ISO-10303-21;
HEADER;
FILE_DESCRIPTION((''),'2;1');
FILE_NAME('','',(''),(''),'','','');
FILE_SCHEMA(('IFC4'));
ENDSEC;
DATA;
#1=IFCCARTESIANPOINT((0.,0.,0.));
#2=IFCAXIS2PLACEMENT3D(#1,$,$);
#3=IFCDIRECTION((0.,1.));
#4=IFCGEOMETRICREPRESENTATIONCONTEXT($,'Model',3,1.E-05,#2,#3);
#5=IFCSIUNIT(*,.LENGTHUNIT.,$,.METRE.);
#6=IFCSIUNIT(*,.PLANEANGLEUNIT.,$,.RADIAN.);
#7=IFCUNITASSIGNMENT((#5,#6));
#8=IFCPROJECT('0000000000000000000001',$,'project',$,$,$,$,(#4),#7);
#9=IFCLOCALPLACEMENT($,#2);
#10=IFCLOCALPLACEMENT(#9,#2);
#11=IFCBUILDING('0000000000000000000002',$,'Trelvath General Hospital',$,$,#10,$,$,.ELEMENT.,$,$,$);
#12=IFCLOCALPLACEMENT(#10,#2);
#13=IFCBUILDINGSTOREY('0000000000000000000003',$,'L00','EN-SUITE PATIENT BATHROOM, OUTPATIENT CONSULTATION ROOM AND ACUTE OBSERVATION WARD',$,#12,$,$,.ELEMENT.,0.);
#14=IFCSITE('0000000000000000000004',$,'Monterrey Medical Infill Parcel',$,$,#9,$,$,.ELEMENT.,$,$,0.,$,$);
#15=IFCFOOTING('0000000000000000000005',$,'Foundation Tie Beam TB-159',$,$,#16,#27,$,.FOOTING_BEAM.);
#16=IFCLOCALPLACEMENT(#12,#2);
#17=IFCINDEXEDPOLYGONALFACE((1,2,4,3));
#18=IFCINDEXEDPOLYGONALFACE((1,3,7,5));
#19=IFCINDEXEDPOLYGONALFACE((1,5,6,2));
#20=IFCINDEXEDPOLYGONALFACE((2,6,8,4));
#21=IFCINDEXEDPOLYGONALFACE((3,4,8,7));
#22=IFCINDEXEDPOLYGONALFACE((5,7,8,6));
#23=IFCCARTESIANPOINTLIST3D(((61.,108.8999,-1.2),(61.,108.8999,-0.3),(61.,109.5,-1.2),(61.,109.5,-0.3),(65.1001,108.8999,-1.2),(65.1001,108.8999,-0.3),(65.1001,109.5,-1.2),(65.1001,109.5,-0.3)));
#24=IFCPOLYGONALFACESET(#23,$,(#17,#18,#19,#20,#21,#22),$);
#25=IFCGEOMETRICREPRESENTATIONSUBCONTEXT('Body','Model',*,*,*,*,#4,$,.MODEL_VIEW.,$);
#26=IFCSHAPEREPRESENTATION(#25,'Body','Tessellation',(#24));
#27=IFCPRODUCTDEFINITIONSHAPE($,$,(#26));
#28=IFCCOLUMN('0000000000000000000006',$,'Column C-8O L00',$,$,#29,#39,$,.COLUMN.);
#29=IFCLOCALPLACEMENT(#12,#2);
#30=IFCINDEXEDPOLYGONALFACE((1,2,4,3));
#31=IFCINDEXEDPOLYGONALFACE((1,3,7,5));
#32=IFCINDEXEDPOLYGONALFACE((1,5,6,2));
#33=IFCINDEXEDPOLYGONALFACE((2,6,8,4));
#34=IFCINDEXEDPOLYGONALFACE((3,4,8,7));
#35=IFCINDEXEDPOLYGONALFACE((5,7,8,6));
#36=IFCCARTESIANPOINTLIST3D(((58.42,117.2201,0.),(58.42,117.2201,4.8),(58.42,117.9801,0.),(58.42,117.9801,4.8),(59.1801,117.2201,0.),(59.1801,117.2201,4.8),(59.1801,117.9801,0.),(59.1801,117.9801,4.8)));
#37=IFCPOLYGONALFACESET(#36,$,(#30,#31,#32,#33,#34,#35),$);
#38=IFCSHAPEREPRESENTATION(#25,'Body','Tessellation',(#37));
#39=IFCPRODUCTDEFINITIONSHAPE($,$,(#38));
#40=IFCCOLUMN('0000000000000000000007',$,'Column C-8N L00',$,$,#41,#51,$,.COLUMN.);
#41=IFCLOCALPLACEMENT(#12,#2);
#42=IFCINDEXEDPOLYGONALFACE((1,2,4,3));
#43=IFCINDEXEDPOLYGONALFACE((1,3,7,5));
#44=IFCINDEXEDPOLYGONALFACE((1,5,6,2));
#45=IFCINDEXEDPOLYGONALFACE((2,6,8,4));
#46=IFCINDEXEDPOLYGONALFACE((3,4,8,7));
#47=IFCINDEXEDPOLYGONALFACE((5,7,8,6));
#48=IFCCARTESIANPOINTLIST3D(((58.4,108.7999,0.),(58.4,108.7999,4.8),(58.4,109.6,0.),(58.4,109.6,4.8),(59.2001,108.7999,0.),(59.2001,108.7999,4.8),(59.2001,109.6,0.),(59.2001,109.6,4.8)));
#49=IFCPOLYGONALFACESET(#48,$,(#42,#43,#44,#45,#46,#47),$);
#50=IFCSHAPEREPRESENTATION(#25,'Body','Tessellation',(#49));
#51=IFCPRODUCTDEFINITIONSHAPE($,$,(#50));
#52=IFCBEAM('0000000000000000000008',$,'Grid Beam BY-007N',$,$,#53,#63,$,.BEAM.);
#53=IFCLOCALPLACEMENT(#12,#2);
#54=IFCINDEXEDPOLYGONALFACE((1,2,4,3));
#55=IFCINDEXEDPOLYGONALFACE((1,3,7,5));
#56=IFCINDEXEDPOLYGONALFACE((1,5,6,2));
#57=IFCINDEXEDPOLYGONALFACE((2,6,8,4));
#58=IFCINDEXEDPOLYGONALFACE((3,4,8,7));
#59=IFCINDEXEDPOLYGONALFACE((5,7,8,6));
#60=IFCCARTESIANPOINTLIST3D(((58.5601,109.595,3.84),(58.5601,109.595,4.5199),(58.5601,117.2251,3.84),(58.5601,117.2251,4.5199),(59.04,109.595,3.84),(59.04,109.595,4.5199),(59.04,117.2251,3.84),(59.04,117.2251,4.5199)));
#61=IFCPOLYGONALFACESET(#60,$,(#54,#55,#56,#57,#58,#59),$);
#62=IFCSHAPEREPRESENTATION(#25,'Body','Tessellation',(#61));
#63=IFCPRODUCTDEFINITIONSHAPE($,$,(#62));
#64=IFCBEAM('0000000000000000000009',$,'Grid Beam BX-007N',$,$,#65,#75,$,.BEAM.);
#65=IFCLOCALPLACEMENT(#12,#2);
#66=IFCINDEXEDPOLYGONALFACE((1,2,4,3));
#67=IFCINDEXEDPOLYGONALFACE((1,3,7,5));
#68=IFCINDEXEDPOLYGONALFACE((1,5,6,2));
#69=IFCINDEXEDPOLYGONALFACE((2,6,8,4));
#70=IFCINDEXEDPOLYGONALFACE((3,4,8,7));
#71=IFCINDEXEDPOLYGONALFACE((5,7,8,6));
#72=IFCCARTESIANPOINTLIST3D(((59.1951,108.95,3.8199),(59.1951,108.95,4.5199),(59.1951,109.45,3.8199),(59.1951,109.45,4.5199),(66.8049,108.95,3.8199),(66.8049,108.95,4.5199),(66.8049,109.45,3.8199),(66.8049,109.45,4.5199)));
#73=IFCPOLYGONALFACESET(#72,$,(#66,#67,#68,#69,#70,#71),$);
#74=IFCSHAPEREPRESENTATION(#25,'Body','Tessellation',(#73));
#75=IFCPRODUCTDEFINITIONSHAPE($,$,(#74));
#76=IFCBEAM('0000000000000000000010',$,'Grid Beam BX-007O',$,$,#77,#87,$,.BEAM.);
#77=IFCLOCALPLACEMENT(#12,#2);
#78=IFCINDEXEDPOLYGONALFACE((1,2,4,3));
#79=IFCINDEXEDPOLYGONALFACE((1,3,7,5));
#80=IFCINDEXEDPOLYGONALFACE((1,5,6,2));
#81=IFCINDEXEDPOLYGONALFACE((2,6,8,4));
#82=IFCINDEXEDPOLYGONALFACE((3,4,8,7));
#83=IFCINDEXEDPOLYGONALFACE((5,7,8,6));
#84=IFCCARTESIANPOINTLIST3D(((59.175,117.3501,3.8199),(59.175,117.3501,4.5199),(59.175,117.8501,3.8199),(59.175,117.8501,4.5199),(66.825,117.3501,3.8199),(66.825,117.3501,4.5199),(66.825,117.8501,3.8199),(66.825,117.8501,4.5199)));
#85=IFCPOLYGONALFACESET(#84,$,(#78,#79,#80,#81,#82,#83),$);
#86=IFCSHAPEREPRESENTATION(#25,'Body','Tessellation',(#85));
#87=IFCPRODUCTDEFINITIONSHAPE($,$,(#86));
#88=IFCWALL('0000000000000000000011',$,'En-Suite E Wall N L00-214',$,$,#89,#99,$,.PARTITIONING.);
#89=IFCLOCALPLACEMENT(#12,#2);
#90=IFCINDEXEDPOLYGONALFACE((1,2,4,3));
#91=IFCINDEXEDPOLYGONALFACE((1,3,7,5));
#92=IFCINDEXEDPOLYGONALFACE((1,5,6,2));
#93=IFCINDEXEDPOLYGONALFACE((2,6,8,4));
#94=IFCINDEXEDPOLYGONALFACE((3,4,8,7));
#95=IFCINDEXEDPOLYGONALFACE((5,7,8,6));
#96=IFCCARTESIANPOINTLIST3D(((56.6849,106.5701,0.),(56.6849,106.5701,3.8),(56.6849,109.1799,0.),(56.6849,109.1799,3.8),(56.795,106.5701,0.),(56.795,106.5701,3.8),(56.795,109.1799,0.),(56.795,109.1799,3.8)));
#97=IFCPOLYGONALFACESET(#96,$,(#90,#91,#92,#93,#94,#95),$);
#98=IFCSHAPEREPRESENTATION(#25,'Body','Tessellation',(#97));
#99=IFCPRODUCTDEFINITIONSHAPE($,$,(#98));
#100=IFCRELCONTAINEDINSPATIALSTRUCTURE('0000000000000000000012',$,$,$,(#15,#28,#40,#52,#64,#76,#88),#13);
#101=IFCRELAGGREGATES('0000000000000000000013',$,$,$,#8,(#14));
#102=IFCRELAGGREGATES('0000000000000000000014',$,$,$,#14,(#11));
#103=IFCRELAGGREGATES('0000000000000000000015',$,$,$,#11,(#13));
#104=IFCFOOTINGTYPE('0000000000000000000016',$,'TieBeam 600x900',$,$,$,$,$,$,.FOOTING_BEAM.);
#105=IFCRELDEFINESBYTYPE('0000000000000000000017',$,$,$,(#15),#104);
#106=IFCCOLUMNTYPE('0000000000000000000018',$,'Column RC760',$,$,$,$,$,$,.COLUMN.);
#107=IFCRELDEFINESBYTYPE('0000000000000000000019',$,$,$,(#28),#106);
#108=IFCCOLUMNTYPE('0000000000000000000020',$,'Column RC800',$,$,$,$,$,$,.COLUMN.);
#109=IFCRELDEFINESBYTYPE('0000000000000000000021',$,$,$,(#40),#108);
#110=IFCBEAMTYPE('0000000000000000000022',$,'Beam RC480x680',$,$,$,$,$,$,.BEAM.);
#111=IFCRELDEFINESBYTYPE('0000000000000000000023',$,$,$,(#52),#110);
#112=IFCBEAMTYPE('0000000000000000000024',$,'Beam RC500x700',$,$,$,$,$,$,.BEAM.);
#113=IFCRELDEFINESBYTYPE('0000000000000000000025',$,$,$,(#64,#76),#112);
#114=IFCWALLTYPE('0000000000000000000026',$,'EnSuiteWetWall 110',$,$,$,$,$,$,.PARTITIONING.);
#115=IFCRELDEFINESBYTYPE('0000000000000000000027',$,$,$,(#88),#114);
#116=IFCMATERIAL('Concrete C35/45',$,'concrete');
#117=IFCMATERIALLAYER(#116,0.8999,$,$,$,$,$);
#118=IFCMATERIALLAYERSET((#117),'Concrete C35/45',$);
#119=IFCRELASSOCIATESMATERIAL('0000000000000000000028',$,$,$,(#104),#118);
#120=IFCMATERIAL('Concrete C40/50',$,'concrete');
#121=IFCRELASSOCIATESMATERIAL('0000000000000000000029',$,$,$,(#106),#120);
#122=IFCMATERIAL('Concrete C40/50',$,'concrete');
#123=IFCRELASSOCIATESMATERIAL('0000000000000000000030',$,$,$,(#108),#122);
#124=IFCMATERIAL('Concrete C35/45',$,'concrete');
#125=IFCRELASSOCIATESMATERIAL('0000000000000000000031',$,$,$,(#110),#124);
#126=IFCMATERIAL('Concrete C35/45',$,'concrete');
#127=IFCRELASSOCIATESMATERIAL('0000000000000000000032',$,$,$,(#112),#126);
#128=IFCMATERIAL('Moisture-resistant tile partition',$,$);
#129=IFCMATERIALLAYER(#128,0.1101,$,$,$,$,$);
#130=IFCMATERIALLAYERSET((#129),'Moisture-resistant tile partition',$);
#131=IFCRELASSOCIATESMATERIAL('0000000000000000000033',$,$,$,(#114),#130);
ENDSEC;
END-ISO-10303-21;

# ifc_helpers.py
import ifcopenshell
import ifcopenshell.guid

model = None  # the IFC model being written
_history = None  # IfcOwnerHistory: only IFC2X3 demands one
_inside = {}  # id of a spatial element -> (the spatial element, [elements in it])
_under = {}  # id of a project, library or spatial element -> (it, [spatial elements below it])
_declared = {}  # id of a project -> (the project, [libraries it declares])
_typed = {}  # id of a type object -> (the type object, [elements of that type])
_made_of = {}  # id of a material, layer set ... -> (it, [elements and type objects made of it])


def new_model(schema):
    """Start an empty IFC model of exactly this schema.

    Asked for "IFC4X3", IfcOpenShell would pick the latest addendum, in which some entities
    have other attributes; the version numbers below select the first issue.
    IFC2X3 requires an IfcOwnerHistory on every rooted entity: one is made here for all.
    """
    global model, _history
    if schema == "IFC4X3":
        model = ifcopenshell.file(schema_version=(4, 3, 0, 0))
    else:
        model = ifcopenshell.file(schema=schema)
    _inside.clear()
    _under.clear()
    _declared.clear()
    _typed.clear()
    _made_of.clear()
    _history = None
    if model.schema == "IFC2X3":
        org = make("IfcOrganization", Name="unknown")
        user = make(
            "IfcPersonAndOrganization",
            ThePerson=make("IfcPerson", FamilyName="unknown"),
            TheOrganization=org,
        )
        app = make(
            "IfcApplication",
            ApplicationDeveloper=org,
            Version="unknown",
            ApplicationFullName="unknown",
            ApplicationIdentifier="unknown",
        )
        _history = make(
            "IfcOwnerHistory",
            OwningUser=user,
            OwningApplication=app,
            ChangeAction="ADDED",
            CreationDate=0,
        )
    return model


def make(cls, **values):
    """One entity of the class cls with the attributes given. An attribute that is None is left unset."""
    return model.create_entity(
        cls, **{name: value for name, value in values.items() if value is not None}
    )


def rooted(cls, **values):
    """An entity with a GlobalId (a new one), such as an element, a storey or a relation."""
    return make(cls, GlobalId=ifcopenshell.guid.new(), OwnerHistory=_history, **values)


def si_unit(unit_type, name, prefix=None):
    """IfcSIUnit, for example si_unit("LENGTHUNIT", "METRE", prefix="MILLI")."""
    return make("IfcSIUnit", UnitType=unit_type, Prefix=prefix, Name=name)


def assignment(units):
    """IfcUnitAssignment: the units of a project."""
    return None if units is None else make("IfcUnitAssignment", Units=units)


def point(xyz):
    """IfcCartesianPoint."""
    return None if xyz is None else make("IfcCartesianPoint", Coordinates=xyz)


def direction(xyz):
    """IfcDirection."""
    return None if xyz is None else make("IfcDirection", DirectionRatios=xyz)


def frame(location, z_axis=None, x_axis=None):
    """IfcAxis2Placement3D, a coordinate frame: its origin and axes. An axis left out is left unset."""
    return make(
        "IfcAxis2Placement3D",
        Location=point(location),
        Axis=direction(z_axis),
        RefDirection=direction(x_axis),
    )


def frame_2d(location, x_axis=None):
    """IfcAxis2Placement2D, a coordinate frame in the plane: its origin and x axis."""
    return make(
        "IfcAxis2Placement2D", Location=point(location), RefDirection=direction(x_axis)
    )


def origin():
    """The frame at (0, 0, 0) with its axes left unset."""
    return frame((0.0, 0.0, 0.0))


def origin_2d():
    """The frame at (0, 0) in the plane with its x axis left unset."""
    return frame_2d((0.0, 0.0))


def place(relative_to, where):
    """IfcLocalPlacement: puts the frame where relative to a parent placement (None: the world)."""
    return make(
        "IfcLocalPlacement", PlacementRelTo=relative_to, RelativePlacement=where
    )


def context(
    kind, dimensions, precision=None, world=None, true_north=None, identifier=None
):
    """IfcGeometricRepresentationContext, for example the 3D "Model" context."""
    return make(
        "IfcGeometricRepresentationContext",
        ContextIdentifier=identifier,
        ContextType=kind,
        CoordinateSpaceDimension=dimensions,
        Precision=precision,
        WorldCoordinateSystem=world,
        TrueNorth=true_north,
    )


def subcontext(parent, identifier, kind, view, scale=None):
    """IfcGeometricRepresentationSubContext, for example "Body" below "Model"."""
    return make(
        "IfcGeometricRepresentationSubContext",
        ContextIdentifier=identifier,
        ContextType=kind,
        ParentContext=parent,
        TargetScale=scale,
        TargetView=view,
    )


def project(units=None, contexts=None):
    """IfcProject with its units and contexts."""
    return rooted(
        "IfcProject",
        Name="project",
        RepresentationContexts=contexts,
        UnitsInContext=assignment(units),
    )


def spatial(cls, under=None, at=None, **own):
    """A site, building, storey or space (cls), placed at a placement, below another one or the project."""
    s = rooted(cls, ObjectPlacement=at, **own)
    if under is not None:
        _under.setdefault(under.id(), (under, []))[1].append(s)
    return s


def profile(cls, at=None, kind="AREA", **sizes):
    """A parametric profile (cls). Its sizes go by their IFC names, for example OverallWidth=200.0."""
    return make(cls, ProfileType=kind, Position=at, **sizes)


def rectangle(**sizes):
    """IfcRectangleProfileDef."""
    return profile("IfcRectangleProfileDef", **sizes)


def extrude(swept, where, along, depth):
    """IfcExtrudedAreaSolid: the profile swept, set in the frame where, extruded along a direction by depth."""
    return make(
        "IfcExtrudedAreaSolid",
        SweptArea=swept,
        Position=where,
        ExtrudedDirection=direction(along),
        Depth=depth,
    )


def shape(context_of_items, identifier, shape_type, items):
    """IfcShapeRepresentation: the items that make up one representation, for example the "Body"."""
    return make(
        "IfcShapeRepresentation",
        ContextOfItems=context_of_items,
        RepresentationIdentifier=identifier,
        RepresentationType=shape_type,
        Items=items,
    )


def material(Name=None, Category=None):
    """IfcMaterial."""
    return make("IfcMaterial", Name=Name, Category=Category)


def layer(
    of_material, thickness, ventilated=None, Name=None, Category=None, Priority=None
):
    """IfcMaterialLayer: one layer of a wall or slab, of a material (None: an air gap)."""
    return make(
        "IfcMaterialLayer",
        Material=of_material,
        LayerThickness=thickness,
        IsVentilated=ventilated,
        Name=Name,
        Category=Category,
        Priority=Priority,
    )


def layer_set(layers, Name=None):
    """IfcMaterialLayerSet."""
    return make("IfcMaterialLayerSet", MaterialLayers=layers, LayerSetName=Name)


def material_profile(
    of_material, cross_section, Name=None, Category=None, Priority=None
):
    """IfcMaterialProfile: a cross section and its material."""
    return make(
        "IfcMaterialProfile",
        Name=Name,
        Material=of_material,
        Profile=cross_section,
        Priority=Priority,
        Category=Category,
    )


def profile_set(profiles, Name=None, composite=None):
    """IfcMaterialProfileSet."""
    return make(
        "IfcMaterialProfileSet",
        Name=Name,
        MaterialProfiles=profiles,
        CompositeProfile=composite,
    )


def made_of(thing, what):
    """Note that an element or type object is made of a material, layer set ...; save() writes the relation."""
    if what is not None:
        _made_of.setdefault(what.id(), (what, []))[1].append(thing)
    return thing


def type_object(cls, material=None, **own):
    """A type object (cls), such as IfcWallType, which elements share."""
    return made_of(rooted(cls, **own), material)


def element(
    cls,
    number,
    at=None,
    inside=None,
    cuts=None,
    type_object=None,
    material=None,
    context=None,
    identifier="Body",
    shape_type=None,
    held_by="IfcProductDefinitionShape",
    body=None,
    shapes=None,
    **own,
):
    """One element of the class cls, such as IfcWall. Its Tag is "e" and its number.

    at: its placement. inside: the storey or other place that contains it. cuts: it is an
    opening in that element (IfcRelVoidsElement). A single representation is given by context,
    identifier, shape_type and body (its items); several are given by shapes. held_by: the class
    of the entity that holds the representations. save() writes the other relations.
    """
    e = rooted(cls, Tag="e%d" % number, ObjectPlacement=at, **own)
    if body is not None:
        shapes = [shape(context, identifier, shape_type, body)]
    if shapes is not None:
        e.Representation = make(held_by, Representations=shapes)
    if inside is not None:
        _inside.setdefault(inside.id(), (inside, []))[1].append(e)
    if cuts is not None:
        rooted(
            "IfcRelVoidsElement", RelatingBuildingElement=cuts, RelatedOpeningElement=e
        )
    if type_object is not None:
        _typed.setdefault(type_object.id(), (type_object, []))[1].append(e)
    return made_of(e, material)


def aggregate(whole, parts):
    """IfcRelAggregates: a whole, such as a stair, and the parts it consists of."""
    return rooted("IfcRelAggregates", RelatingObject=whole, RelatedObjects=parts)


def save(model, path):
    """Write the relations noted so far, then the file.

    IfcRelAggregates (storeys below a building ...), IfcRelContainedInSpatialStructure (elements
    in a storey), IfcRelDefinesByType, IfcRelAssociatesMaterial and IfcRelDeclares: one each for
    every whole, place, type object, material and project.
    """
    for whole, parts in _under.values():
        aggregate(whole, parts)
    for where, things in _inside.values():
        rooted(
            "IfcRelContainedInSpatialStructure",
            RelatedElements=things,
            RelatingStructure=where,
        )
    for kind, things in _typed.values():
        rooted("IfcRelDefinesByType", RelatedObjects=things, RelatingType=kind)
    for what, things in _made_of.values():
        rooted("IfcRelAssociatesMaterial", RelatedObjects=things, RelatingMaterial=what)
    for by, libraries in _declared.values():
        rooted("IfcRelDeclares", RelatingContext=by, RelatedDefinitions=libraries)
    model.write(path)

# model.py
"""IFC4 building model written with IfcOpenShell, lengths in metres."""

from ifc_helpers import new_model, si_unit, direction, frame, frame_2d, origin, origin_2d, place, context, subcontext, project, spatial, rectangle, extrude, material, layer, layer_set, material_profile, profile_set, type_object, element, save


model = new_model("IFC4")

# Units and contexts
model_context = context("Model", 3, precision=1e-05, world=origin(), true_north=direction((0.0, 1.0)))
body_context = subcontext(model_context, "Body", "Model", "MODEL_VIEW")
ifc_project = project(units=[si_unit("LENGTHUNIT", "METRE"), si_unit("PLANEANGLEUNIT", "RADIAN")], contexts=[model_context])

# Site, building, storey
site_placement = place(None, origin())
site = spatial("IfcSite", under=ifc_project, at=site_placement, Name="Monterrey Medical Infill Parcel", CompositionType="ELEMENT", RefElevation=0.0)
building_placement = place(site_placement, origin())
building = spatial("IfcBuilding", under=site, at=building_placement, Name="Trelvath General Hospital", CompositionType="ELEMENT")
storey_placement = place(building_placement, origin())
storey = spatial("IfcBuildingStorey", under=building, at=storey_placement, Name="L00", Description="EN-SUITE PATIENT BATHROOM, OUTPATIENT CONSULTATION ROOM AND ACUTE OBSERVATION WARD", CompositionType="ELEMENT", Elevation=0.0)

# Footing
ifc_material_1 = material(Name="Concrete C35/45", Category="concrete")
ifc_layer_1 = layer(ifc_material_1, 0.8999)
ifc_layer_set_1 = layer_set([ifc_layer_1], Name="Concrete C35/45")
footing_type_1 = type_object("IfcFootingType", Name="TieBeam 600x900", PredefinedType="FOOTING_BEAM", material=ifc_layer_set_1)
footing_1_placement = place(storey_placement, frame((63.05, 109.2, -1.2), z_axis=(0.0, 0.0, 1.0), x_axis=(1.0, 0.0, 0.0)))
element("IfcFooting", 1, at=footing_1_placement, inside=storey, type_object=footing_type_1, Name="Foundation Tie Beam TB-159", PredefinedType="FOOTING_BEAM", context=body_context, shape_type="SweptSolid", body=[
    extrude(rectangle(XDim=4.1001, YDim=0.6001, at=origin_2d()), origin(), (0.0, 0.0, 1.0), 0.8999),
])

# Columns
ifc_material_2 = material(Name="Concrete C40/50", Category="concrete")
ifc_material_profile_1 = material_profile(ifc_material_2, rectangle(XDim=0.76, YDim=0.76, at=origin_2d()), Name="RC760x760")
ifc_profile_set_1 = profile_set([ifc_material_profile_1], Name="Concrete C40/50")
column_type_1 = type_object("IfcColumnType", Name="Column RC760", PredefinedType="COLUMN", material=ifc_profile_set_1)
column_1_placement = place(storey_placement, frame((58.8, 117.6001, 0.0), z_axis=(0.0, 0.0, 1.0), x_axis=(1.0, 0.0, 0.0)))
element("IfcColumn", 2, at=column_1_placement, inside=storey, type_object=column_type_1, Name="Column C-8O L00", PredefinedType="COLUMN", context=body_context, shape_type="SweptSolid", body=[
    extrude(rectangle(XDim=0.76, YDim=0.76, at=origin_2d()), origin(), (0.0, 0.0, 1.0), 4.8),
])
ifc_material_3 = material(Name="Concrete C40/50", Category="concrete")
ifc_material_profile_2 = material_profile(ifc_material_3, rectangle(XDim=0.8, YDim=0.8, at=origin_2d()), Name="RC800x800")
ifc_profile_set_2 = profile_set([ifc_material_profile_2], Name="Concrete C40/50")
column_type_2 = type_object("IfcColumnType", Name="Column RC800", PredefinedType="COLUMN", material=ifc_profile_set_2)
column_2_placement = place(storey_placement, frame((58.8, 109.2, 0.0), z_axis=(0.0, 0.0, 1.0), x_axis=(1.0, 0.0, 0.0)))
element("IfcColumn", 3, at=column_2_placement, inside=storey, type_object=column_type_2, Name="Column C-8N L00", PredefinedType="COLUMN", context=body_context, shape_type="SweptSolid", body=[
    extrude(rectangle(XDim=0.8, YDim=0.8, at=origin_2d()), origin(), (0.0, 0.0, 1.0), 4.8),
])

# Beams
ifc_material_4 = material(Name="Concrete C35/45", Category="concrete")
ifc_material_profile_3 = material_profile(ifc_material_4, rectangle(XDim=0.48, YDim=0.6799, at=origin_2d()), Name="RCB480x680")
ifc_profile_set_3 = profile_set([ifc_material_profile_3], Name="Concrete C35/45")
beam_type_1 = type_object("IfcBeamType", Name="Beam RC480x680", PredefinedType="BEAM", material=ifc_profile_set_3)
beam_1_placement = place(storey_placement, frame((58.8, 109.595, 4.1799), z_axis=(0.0, 1.0, 0.0), x_axis=(-1.0, 0.0, 0.0)))
element("IfcBeam", 4, at=beam_1_placement, inside=storey, type_object=beam_type_1, Name="Grid Beam BY-007N", PredefinedType="BEAM", context=body_context, shape_type="SweptSolid", body=[
    extrude(rectangle(XDim=0.48, YDim=0.6799, at=origin_2d()), origin(), (0.0, 0.0, 1.0), 7.6301),
])
ifc_material_5 = material(Name="Concrete C35/45", Category="concrete")
ifc_material_profile_4 = material_profile(ifc_material_5, rectangle(XDim=0.5, YDim=0.7, at=origin_2d()), Name="RCB500x700")
ifc_profile_set_4 = profile_set([ifc_material_profile_4], Name="Concrete C35/45")
beam_type_2 = type_object("IfcBeamType", Name="Beam RC500x700", PredefinedType="BEAM", material=ifc_profile_set_4)
beam_2_placement = place(storey_placement, frame((59.1951, 109.2, 4.1699), z_axis=(1.0, 0.0, 0.0), x_axis=(0.0, 1.0, 0.0)))
element("IfcBeam", 5, at=beam_2_placement, inside=storey, type_object=beam_type_2, Name="Grid Beam BX-007N", PredefinedType="BEAM", context=body_context, shape_type="SweptSolid", body=[
    extrude(rectangle(XDim=0.5, YDim=0.7, at=origin_2d()), origin(), (0.0, 0.0, 1.0), 7.6099),
])
beam_3_placement = place(storey_placement, frame((59.175, 117.6001, 4.1699), z_axis=(1.0, 0.0, 0.0), x_axis=(0.0, 1.0, 0.0)))
element("IfcBeam", 6, at=beam_3_placement, inside=storey, type_object=beam_type_2, Name="Grid Beam BX-007O", PredefinedType="BEAM", context=body_context, shape_type="SweptSolid", body=[
    extrude(rectangle(XDim=0.5, YDim=0.7, at=origin_2d()), origin(), (0.0, 0.0, 1.0), 7.6499),
])

# Wall
ifc_material_6 = material(Name="Moisture-resistant tile partition")
ifc_layer_2 = layer(ifc_material_6, 0.1101)
ifc_layer_set_2 = layer_set([ifc_layer_2], Name="Moisture-resistant tile partition")
wall_type_1 = type_object("IfcWallType", Name="EnSuiteWetWall 110", PredefinedType="PARTITIONING", material=ifc_layer_set_2)
wall_1_placement = place(storey_placement, frame((56.74, 106.5701, 0.0), z_axis=(0.0, 0.0, 1.0), x_axis=(0.0, 1.0, 0.0)))
element("IfcWall", 7, at=wall_1_placement, inside=storey, type_object=wall_type_1, Name="En-Suite E Wall N L00-214", PredefinedType="PARTITIONING", context=body_context, shape_type="SweptSolid", body=[
    extrude(rectangle(XDim=2.6099, YDim=0.1101, at=frame_2d((1.3049, 0.0))), origin(), (0.0, 0.0, 1.0), 3.8),
])

save(model, "model.ifc")
